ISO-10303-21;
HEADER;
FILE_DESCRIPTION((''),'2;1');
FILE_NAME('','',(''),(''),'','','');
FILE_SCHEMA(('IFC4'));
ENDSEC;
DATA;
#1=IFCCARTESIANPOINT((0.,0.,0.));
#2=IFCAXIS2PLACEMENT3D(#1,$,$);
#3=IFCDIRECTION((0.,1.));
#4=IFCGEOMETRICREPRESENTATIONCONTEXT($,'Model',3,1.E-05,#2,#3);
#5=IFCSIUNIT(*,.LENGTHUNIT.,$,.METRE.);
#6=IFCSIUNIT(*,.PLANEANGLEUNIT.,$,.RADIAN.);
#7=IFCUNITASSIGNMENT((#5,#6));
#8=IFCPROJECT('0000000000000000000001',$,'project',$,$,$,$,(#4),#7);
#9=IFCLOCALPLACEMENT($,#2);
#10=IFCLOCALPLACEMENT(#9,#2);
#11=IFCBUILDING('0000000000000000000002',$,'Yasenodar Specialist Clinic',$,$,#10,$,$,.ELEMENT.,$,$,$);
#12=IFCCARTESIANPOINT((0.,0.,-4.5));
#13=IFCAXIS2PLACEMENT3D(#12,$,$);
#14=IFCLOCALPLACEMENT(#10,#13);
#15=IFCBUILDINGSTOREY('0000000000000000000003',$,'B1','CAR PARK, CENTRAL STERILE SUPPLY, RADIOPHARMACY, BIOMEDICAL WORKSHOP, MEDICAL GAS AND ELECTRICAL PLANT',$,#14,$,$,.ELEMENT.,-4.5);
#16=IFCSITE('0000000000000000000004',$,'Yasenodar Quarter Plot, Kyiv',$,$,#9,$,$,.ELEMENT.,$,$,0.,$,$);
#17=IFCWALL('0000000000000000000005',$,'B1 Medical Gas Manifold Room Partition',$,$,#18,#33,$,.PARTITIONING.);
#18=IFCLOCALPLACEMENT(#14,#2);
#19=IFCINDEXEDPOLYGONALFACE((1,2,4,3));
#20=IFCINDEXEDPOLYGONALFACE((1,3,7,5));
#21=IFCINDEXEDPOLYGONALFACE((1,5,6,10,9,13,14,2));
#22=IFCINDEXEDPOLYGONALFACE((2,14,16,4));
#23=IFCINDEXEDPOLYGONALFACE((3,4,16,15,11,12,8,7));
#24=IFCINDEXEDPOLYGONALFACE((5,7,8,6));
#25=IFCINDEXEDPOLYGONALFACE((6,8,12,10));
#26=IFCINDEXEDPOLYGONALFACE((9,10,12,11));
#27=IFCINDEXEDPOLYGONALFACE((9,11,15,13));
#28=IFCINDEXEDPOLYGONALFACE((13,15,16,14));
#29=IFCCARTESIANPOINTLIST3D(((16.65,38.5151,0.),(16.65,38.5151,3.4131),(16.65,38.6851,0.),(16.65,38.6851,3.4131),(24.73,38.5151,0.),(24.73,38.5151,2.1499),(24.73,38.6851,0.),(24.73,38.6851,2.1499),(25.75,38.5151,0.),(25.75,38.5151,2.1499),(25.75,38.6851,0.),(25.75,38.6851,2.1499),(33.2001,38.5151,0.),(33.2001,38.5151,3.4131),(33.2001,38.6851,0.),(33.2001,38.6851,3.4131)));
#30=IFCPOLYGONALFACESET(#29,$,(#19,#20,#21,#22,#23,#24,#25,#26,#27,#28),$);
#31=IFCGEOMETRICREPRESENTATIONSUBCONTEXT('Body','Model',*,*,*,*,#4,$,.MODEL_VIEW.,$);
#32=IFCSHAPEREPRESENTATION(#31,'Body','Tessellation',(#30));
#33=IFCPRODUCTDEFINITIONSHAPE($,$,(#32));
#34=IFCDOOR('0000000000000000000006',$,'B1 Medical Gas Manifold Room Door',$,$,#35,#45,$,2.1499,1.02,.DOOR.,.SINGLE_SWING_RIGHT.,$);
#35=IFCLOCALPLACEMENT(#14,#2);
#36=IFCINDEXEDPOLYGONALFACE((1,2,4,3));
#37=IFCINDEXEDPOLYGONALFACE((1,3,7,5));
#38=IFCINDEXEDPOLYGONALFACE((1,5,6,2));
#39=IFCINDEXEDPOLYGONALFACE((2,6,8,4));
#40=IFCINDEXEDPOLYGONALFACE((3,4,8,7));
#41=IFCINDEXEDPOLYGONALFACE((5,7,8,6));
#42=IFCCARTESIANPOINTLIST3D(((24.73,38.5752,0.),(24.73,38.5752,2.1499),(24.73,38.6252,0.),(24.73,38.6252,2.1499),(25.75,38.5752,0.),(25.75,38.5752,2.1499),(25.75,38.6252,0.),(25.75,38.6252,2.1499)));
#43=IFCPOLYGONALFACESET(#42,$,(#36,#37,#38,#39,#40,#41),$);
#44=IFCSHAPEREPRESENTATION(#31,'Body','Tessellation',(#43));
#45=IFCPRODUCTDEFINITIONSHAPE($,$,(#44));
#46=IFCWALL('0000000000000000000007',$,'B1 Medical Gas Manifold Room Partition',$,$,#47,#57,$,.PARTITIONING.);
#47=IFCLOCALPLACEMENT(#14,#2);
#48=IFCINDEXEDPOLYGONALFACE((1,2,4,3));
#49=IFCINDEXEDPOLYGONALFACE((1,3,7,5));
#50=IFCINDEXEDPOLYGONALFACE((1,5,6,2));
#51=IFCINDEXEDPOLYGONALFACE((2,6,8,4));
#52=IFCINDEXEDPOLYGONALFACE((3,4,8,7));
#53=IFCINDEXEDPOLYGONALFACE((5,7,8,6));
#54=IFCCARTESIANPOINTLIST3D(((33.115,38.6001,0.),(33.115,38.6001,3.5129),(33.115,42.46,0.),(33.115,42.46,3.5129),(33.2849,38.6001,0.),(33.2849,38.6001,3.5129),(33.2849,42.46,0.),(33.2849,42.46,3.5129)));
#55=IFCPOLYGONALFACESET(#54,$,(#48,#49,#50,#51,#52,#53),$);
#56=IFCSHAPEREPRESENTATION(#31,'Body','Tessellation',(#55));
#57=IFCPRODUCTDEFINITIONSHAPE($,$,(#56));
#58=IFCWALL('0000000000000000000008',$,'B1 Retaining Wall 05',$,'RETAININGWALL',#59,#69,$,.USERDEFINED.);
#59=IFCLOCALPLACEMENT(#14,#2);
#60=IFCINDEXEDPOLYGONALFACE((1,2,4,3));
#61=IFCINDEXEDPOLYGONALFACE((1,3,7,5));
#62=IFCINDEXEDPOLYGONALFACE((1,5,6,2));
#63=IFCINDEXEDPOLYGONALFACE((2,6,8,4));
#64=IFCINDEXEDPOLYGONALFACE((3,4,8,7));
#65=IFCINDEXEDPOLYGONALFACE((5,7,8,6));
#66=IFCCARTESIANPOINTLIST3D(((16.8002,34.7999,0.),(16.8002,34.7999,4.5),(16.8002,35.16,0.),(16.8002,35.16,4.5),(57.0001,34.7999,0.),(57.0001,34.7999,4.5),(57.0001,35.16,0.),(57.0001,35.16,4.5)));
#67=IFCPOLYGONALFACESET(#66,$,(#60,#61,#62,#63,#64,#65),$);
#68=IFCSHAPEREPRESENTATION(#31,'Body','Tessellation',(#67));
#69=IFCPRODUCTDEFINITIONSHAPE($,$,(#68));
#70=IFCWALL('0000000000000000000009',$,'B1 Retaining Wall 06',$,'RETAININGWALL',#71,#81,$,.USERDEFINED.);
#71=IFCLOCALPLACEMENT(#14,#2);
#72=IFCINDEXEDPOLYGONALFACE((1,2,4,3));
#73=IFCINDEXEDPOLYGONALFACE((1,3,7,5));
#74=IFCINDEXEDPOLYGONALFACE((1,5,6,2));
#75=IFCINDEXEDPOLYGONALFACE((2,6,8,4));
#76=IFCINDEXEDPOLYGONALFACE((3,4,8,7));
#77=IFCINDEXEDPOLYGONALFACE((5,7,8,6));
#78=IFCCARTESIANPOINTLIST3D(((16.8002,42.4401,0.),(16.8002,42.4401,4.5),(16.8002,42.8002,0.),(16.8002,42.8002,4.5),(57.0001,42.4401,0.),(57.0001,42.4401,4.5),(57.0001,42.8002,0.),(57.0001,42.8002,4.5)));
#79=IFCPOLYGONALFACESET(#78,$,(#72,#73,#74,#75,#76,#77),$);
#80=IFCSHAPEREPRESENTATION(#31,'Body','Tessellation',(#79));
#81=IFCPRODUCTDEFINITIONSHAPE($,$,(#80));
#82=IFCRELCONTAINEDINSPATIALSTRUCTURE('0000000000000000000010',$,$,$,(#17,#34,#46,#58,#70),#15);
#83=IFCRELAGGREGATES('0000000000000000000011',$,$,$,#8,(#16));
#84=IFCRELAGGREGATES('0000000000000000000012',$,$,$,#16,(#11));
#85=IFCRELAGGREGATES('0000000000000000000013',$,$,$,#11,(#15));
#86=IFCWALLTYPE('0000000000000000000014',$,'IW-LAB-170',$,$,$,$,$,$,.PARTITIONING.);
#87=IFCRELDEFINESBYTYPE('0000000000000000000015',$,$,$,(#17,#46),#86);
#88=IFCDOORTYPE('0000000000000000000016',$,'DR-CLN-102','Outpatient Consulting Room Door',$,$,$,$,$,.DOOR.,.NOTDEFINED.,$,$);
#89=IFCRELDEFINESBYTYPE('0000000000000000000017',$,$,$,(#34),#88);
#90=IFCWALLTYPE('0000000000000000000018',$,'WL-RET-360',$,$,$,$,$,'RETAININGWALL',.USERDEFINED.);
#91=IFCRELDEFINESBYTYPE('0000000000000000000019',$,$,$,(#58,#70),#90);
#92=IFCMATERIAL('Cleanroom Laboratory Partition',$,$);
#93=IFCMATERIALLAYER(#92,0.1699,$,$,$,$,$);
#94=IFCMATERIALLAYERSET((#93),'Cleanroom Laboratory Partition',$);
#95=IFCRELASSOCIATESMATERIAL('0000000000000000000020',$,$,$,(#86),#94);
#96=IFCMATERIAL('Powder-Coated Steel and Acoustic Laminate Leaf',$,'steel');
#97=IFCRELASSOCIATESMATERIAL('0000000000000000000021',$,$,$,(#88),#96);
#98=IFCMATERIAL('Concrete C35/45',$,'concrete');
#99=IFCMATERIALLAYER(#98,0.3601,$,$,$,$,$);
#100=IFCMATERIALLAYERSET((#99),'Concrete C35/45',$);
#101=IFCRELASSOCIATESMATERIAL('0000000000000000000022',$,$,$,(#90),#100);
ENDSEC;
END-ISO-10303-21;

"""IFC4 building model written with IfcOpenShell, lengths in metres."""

from ifc_helpers import new_model, si_unit, direction, frame, frame_2d, origin, place, context, subcontext, project, spatial, rectangle, extrude, material, layer, layer_set, type_object, element, fill, save


model = new_model("IFC4")

# Units and contexts
model_context = context("Model", 3, precision=1e-05, world=origin(), true_north=direction((0.0, 1.0)))
body_context = subcontext(model_context, "Body", "Model", "MODEL_VIEW")
ifc_project = project(units=[si_unit("LENGTHUNIT", "METRE"), si_unit("PLANEANGLEUNIT", "RADIAN")], contexts=[model_context])

# Site, building, storey
site_placement = place(None, origin())
site = spatial("IfcSite", under=ifc_project, at=site_placement, Name="Yasenodar Quarter Plot, Kyiv", CompositionType="ELEMENT", RefElevation=0.0)
building_placement = place(site_placement, origin())
building = spatial("IfcBuilding", under=site, at=building_placement, Name="Yasenodar Specialist Clinic", CompositionType="ELEMENT")
storey_placement = place(building_placement, frame((0.0, 0.0, -4.5)))
storey = spatial("IfcBuildingStorey", under=building, at=storey_placement, Name="B1", Description="CAR PARK, CENTRAL STERILE SUPPLY, RADIOPHARMACY, BIOMEDICAL WORKSHOP, MEDICAL GAS AND ELECTRICAL PLANT", CompositionType="ELEMENT", Elevation=-4.5)

# Shared definitions
ifc_material_1 = material(Name="Concrete C35/45", Category="concrete")

# Wall, opening, door
ifc_material_2 = material(Name="Cleanroom Laboratory Partition")
ifc_layer_1 = layer(ifc_material_2, 0.1699)
ifc_layer_set_1 = layer_set([ifc_layer_1], Name="Cleanroom Laboratory Partition")
wall_type_1 = type_object("IfcWallType", Name="IW-LAB-170", PredefinedType="PARTITIONING", material=ifc_layer_set_1)
wall_1_placement = place(storey_placement, frame((33.2, 38.6001, 0.0), z_axis=(0.0, 0.0, 1.0), x_axis=(-1.0, 0.0, 0.0)))
wall_1 = element("IfcWall", 1, at=wall_1_placement, inside=storey, type_object=wall_type_1, Name="B1 Medical Gas Manifold Room Partition", PredefinedType="PARTITIONING", context=body_context, shape_type="SweptSolid", body=[
    extrude(rectangle(XDim=16.55, YDim=0.1699, at=frame_2d((8.2749, 0.0))), origin(), (0.0, 0.0, 1.0), 3.4131),
])
opening_placement = place(wall_1_placement, frame((7.45, 0.0, 0.0)))
opening = element("IfcOpeningElement", 2, at=opening_placement, cuts=wall_1, PredefinedType="OPENING", context=body_context, shape_type="SweptSolid", body=[
    extrude(rectangle(XDim=1.02, YDim=2.1499, at=frame_2d((0.51, 1.075))), frame((0.0, 0.095, 0.0), z_axis=(0.0, -1.0, 0.0), x_axis=(1.0, 0.0, 0.0)), (0.0, 0.0, 1.0), 0.1899),
])
ifc_material_3 = material(Name="Powder-Coated Steel and Acoustic Laminate Leaf", Category="steel")
door_type = type_object("IfcDoorType", Name="DR-CLN-102", Description="Outpatient Consulting Room Door", OperationType="NOTDEFINED", PredefinedType="DOOR", material=ifc_material_3)
door_placement = place(opening_placement, origin())
door = element("IfcDoor", 3, at=door_placement, inside=storey, type_object=door_type, Name="B1 Medical Gas Manifold Room Door", OperationType="SINGLE_SWING_RIGHT", OverallHeight=2.1499, OverallWidth=1.02, PredefinedType="DOOR", context=body_context, shape_type="SweptSolid", body=[
    extrude(rectangle(XDim=1.02, YDim=2.1499, at=frame_2d((0.51, 1.075))), frame((0.0, 0.0249, 0.0), z_axis=(0.0, -1.0, 0.0), x_axis=(1.0, 0.0, 0.0)), (0.0, 0.0, 1.0), 0.05),
])
fill(opening, door)

# Walls
wall_2_placement = place(storey_placement, frame((33.2, 42.46, 0.0), z_axis=(0.0, 0.0, 1.0), x_axis=(0.0, -1.0, 0.0)))
element("IfcWall", 4, at=wall_2_placement, inside=storey, type_object=wall_type_1, Name="B1 Medical Gas Manifold Room Partition", PredefinedType="PARTITIONING", context=body_context, shape_type="SweptSolid", body=[
    extrude(rectangle(XDim=3.8599, YDim=0.1699, at=frame_2d((1.9299, 0.0))), origin(), (0.0, 0.0, 1.0), 3.5129),
])
ifc_layer_2 = layer(ifc_material_1, 0.3601)
ifc_layer_set_2 = layer_set([ifc_layer_2], Name="Concrete C35/45")
wall_type_2 = type_object("IfcWallType", Name="WL-RET-360", ElementType="RETAININGWALL", PredefinedType="USERDEFINED", material=ifc_layer_set_2)
for number, where, z_axis, x_axis, name in (
    (5, (16.8, 34.98, 0.0), (0.0, 0.0, 1.0), (1.0, 0.0, 0.0), "B1 Retaining Wall 05"),
    (6, (16.8, 42.6201, 0.0), (0.0, 0.0, 1.0), (1.0, 0.0, 0.0), "B1 Retaining Wall 06"),
):
    element("IfcWall", number, at=place(storey_placement, frame(where, z_axis=z_axis, x_axis=x_axis)), inside=storey, type_object=wall_type_2, Name=name, ObjectType="RETAININGWALL", PredefinedType="USERDEFINED", context=body_context, shape_type="SweptSolid", body=[
        extrude(rectangle(XDim=40.2, YDim=0.3601, at=frame_2d((20.1001, 0.0))), origin(), (0.0, 0.0, 1.0), 4.5),
    ])

save(model, "model.ifc")
